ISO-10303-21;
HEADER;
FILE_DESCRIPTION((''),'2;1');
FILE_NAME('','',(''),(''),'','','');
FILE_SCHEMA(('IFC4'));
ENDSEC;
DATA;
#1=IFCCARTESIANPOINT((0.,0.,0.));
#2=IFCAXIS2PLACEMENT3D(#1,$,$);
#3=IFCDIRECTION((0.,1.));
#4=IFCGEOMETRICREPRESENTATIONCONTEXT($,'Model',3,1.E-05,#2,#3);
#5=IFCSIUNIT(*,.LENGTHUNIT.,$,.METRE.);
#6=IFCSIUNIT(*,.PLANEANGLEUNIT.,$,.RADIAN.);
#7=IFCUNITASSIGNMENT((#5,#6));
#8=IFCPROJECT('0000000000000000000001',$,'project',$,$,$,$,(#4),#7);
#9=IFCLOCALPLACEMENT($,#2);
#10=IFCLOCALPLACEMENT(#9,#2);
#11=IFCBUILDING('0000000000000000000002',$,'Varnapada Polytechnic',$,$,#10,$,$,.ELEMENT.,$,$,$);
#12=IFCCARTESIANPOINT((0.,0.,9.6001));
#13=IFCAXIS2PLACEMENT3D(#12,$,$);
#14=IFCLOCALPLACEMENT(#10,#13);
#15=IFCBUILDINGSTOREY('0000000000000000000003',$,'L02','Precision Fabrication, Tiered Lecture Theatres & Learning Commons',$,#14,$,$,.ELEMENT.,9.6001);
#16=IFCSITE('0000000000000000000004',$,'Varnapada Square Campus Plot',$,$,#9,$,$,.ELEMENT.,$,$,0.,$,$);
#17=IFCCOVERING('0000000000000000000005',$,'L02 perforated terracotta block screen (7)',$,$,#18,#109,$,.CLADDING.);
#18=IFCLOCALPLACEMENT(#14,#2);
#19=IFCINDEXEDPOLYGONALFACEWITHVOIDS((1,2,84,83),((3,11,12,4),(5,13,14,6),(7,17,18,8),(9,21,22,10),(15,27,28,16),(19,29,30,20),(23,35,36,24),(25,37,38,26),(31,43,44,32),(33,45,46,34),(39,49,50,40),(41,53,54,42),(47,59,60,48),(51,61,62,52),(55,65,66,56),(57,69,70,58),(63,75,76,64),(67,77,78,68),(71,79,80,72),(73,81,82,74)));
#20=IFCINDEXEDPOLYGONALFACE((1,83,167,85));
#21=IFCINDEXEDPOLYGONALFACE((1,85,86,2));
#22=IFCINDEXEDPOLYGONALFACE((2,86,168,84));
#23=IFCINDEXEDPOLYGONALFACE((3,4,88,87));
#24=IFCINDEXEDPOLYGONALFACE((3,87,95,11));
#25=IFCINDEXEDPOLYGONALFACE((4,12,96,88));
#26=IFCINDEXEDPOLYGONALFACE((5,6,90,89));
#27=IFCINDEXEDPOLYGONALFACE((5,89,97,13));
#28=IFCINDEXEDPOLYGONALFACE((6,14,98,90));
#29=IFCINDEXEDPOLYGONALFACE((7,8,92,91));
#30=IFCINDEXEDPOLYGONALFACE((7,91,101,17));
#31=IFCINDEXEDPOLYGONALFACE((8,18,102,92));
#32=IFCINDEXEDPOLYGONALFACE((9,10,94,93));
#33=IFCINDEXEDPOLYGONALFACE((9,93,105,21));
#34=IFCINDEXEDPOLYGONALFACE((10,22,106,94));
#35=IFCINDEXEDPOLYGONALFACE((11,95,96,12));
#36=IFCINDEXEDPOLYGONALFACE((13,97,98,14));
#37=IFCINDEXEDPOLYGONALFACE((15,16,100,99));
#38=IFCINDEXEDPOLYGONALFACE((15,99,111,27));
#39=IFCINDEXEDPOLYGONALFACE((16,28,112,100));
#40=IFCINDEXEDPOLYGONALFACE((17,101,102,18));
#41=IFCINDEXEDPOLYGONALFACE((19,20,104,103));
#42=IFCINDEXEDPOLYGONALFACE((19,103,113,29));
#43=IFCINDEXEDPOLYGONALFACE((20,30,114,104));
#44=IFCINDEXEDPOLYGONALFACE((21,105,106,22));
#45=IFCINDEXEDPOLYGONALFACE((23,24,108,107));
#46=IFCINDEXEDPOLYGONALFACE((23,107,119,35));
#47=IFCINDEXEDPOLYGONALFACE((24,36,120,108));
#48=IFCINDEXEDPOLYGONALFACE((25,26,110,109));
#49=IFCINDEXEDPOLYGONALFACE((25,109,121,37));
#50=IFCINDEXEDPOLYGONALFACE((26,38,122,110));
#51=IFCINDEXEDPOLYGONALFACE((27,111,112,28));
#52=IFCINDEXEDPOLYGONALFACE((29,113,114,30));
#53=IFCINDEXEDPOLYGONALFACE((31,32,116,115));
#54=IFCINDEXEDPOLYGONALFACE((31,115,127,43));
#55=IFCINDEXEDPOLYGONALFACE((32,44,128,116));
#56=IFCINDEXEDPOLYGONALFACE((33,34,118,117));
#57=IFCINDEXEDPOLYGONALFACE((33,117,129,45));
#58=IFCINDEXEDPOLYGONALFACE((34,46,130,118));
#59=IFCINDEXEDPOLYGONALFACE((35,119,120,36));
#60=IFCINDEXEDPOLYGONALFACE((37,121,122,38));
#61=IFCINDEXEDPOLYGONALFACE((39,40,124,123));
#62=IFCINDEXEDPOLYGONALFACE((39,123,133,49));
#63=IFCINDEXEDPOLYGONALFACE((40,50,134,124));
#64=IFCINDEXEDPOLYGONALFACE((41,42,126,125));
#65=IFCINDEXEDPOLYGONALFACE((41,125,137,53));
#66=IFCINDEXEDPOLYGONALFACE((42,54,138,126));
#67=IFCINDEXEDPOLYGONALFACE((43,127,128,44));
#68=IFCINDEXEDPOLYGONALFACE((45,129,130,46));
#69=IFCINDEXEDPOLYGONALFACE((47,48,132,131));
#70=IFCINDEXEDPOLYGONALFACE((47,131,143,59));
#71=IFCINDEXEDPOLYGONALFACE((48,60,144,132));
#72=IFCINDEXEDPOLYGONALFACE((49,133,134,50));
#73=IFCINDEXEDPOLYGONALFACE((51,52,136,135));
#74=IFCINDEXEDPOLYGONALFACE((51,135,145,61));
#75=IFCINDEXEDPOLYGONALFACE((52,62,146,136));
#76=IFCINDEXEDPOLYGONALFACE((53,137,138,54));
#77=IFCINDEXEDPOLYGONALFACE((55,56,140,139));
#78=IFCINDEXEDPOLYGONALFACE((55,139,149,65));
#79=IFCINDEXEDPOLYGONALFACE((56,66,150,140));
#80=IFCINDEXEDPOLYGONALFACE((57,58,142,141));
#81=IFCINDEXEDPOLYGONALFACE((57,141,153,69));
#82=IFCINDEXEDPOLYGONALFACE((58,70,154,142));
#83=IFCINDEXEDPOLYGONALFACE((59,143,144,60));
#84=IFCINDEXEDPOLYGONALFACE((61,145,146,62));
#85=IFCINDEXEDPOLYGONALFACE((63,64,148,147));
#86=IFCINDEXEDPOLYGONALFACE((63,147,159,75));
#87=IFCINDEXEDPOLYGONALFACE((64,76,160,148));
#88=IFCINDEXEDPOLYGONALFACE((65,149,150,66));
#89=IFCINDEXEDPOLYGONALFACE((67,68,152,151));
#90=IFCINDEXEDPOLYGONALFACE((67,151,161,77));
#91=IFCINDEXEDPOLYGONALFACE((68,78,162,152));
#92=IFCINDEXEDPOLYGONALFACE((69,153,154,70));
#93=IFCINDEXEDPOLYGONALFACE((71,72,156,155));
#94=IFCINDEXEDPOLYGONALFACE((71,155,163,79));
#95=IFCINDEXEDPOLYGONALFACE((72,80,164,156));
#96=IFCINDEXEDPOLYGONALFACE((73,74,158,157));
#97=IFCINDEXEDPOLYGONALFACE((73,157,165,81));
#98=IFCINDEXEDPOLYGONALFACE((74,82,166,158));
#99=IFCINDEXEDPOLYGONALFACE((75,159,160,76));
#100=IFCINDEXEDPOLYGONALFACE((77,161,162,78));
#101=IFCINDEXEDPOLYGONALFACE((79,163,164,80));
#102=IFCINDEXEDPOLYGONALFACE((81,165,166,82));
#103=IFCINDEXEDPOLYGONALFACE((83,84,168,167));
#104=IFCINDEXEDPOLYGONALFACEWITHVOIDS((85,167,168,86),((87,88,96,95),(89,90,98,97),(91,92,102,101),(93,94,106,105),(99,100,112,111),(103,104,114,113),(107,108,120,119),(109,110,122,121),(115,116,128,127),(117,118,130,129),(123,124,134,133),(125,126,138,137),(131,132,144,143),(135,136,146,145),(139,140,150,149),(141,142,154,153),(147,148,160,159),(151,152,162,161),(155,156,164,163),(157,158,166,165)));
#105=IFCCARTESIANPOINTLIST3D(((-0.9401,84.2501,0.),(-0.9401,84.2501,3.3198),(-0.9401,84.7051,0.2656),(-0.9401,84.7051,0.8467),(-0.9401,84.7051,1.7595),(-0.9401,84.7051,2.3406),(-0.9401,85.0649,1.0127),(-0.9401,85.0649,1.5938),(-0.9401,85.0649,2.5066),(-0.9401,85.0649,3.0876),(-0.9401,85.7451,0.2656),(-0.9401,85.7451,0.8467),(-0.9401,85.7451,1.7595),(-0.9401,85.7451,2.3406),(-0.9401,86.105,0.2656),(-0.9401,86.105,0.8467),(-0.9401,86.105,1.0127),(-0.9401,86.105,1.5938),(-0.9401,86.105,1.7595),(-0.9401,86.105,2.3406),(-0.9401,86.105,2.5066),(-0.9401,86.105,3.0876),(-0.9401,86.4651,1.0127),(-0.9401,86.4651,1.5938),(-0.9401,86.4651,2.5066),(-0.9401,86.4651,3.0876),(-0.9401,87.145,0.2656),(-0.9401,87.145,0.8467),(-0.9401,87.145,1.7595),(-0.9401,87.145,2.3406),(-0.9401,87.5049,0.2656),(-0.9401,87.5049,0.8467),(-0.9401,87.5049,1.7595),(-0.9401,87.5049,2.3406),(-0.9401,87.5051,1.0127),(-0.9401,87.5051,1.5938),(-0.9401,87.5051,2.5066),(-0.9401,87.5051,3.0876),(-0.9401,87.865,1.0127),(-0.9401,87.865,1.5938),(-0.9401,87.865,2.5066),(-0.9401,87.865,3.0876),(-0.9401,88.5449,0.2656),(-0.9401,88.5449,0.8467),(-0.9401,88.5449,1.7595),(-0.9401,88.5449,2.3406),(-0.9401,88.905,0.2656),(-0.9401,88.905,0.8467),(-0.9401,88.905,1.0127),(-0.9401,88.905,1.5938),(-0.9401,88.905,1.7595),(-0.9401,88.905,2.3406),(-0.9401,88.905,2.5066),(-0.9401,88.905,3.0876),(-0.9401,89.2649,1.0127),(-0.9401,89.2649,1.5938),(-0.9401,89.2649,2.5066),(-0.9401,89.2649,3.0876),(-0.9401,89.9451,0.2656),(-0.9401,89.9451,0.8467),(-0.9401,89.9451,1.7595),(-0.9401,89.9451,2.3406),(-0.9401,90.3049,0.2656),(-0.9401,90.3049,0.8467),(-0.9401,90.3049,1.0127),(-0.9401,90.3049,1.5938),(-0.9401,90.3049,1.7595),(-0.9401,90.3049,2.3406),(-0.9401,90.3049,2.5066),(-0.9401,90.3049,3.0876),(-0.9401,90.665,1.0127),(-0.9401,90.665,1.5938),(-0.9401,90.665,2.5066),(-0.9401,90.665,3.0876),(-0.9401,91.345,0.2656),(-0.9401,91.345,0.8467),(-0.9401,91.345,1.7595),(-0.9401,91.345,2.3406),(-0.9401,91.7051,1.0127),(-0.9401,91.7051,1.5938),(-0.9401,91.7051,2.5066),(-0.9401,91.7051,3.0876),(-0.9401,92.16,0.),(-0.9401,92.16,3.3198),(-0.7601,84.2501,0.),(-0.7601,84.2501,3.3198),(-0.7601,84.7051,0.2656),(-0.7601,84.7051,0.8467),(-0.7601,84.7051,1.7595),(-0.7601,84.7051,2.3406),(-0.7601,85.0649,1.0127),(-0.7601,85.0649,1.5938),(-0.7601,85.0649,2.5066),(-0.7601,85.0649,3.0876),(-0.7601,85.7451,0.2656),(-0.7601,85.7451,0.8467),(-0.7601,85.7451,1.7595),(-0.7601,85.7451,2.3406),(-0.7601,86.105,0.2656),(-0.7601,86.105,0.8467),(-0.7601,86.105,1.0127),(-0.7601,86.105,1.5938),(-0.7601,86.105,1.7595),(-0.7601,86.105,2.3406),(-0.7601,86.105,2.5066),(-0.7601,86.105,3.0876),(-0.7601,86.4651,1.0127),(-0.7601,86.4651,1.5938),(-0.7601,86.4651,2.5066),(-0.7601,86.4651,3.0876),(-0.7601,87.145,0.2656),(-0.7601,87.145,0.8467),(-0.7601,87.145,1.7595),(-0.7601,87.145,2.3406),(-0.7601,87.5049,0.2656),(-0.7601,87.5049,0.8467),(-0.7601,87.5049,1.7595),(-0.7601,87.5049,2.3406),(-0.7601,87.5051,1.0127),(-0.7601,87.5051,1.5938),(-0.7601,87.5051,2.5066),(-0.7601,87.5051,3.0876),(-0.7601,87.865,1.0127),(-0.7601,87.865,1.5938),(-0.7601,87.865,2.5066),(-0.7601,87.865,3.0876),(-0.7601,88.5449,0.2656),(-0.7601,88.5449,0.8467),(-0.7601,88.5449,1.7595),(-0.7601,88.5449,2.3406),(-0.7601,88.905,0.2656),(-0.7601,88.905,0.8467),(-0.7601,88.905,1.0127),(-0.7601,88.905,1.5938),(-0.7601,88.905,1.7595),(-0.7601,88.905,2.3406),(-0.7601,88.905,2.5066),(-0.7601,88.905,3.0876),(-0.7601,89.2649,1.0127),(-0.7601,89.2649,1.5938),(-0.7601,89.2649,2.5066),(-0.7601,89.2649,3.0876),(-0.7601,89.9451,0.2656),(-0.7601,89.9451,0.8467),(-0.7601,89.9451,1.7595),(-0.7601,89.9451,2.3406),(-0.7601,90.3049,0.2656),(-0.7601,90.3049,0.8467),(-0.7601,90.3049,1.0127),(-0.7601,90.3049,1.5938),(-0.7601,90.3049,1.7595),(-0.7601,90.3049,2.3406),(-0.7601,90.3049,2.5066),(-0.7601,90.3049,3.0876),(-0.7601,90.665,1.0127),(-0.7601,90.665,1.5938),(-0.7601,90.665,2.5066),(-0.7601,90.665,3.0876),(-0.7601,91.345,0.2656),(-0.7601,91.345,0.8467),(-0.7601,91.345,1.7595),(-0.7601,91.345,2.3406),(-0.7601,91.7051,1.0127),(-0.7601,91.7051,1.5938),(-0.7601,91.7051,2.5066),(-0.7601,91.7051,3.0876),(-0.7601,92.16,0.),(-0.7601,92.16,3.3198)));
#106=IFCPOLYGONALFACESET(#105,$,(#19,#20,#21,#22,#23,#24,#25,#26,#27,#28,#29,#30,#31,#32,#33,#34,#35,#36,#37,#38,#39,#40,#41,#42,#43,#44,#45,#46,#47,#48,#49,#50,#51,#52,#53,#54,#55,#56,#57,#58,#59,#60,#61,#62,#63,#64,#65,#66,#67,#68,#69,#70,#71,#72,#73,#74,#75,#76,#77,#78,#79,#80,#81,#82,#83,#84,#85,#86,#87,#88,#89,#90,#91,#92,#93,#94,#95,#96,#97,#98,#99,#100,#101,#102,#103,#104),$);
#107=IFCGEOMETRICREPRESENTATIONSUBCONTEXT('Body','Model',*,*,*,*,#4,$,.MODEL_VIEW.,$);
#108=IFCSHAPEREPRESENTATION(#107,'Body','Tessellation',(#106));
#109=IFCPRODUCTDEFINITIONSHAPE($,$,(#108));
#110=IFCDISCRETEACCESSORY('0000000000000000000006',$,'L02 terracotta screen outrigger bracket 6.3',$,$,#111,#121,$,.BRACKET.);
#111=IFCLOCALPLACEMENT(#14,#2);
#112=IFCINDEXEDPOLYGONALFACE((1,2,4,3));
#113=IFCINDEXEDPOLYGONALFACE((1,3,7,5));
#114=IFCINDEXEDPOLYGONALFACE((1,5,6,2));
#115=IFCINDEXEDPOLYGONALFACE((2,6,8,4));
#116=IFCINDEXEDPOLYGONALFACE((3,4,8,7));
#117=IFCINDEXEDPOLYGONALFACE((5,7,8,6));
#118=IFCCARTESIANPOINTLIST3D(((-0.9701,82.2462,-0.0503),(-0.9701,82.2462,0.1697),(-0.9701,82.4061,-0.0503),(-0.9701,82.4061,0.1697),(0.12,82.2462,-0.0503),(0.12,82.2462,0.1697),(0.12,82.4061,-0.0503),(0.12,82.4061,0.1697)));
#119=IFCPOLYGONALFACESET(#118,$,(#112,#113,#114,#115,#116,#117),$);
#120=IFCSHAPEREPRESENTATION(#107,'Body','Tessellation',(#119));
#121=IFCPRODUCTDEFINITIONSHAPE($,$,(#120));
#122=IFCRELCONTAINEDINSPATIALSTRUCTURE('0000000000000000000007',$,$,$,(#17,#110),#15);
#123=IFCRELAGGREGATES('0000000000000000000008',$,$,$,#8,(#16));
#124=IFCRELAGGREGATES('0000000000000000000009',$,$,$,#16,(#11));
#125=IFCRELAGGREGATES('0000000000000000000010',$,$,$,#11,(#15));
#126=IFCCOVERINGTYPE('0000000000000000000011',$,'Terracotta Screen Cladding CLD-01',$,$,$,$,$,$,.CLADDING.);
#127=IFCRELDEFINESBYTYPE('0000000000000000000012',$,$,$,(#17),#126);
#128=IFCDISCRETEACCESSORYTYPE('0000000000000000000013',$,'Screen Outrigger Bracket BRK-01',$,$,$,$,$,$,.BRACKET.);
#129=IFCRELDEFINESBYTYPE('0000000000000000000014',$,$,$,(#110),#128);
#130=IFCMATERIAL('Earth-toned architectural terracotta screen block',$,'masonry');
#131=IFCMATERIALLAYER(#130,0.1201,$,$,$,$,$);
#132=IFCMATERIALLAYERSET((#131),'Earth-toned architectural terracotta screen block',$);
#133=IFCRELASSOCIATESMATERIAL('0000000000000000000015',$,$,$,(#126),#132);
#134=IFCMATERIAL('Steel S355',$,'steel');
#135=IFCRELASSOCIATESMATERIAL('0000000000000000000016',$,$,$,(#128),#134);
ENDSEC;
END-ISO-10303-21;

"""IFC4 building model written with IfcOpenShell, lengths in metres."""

from ifc_helpers import new_model, si_unit, direction, frame, frame_2d, origin, origin_2d, place, context, subcontext, project, spatial, rectangle, extrude, material, layer, layer_set, type_object, element, save


model = new_model("IFC4")

# Units and contexts
model_context = context("Model", 3, precision=1e-05, world=origin(), true_north=direction((0.0, 1.0)))
body_context = subcontext(model_context, "Body", "Model", "MODEL_VIEW")
ifc_project = project(units=[si_unit("LENGTHUNIT", "METRE"), si_unit("PLANEANGLEUNIT", "RADIAN")], contexts=[model_context])

# Site, building, storey
site_placement = place(None, origin())
site = spatial("IfcSite", under=ifc_project, at=site_placement, Name="Varnapada Square Campus Plot", CompositionType="ELEMENT", RefElevation=0.0)
building_placement = place(site_placement, origin())
building = spatial("IfcBuilding", under=site, at=building_placement, Name="Varnapada Polytechnic", CompositionType="ELEMENT")
storey_placement = place(building_placement, frame((0.0, 0.0, 9.6001)))
storey = spatial("IfcBuildingStorey", under=building, at=storey_placement, Name="L02", Description="Precision Fabrication, Tiered Lecture Theatres & Learning Commons", CompositionType="ELEMENT", Elevation=9.6001)

# Covering, openings
ifc_material_1 = material(Name="Earth-toned architectural terracotta screen block", Category="masonry")
ifc_layer = layer(ifc_material_1, 0.1201)
ifc_layer_set = layer_set([ifc_layer], Name="Earth-toned architectural terracotta screen block")
covering_type = type_object("IfcCoveringType", Name="Terracotta Screen Cladding CLD-01", PredefinedType="CLADDING", material=ifc_layer_set)
covering_placement = place(storey_placement, frame((-0.8501, 84.25, 0.0), z_axis=(0.0, 0.0, 1.0), x_axis=(0.0, 1.0, 0.0)))
covering = element("IfcCovering", 1, at=covering_placement, inside=storey, type_object=covering_type, Name="L02 perforated terracotta block screen (7)", PredefinedType="CLADDING", context=body_context, shape_type="SweptSolid", body=[
    extrude(rectangle(XDim=7.9099, YDim=0.1799, at=frame_2d((3.9551, 0.0))), origin(), (0.0, 0.0, 1.0), 3.3198),
])
opening_1_placement = place(covering_placement, frame((0.4551, 0.0, 0.2656)))
element("IfcOpeningElement", 2, at=opening_1_placement, cuts=covering, PredefinedType="OPENING", context=body_context, shape_type="SweptSolid", body=[
    extrude(rectangle(XDim=1.04, YDim=0.5811, at=frame_2d((0.52, 0.2905))), frame((0.0, 0.0999, 0.0), z_axis=(0.0, -1.0, 0.0), x_axis=(1.0, 0.0, 0.0)), (0.0, 0.0, 1.0), 0.2),
])
opening_2_placement = place(covering_placement, frame((1.855, 0.0, 0.2656)))
element("IfcOpeningElement", 3, at=opening_2_placement, cuts=covering, PredefinedType="OPENING", context=body_context, shape_type="SweptSolid", body=[
    extrude(rectangle(XDim=1.04, YDim=0.5811, at=frame_2d((0.52, 0.2905))), frame((0.0, 0.0999, 0.0), z_axis=(0.0, -1.0, 0.0), x_axis=(1.0, 0.0, 0.0)), (0.0, 0.0, 1.0), 0.2),
])
opening_3_placement = place(covering_placement, frame((3.2549, 0.0, 0.2656)))
element("IfcOpeningElement", 4, at=opening_3_placement, cuts=covering, PredefinedType="OPENING", context=body_context, shape_type="SweptSolid", body=[
    extrude(rectangle(XDim=1.04, YDim=0.5811, at=frame_2d((0.52, 0.2905))), frame((0.0, 0.0999, 0.0), z_axis=(0.0, -1.0, 0.0), x_axis=(1.0, 0.0, 0.0)), (0.0, 0.0, 1.0), 0.2),
])
opening_4_placement = place(covering_placement, frame((4.655, 0.0, 0.2656)))
element("IfcOpeningElement", 5, at=opening_4_placement, cuts=covering, PredefinedType="OPENING", context=body_context, shape_type="SweptSolid", body=[
    extrude(rectangle(XDim=1.04, YDim=0.5811, at=frame_2d((0.52, 0.2905))), frame((0.0, 0.0999, 0.0), z_axis=(0.0, -1.0, 0.0), x_axis=(1.0, 0.0, 0.0)), (0.0, 0.0, 1.0), 0.2),
])
opening_5_placement = place(covering_placement, frame((6.0549, 0.0, 0.2656)))
element("IfcOpeningElement", 6, at=opening_5_placement, cuts=covering, PredefinedType="OPENING", context=body_context, shape_type="SweptSolid", body=[
    extrude(rectangle(XDim=1.04, YDim=0.5811, at=frame_2d((0.52, 0.2905))), frame((0.0, 0.0999, 0.0), z_axis=(0.0, -1.0, 0.0), x_axis=(1.0, 0.0, 0.0)), (0.0, 0.0, 1.0), 0.2),
])
opening_6_placement = place(covering_placement, frame((0.8149, 0.0, 1.0127)))
element("IfcOpeningElement", 7, at=opening_6_placement, cuts=covering, PredefinedType="OPENING", context=body_context, shape_type="SweptSolid", body=[
    extrude(rectangle(XDim=1.04, YDim=0.5811, at=frame_2d((0.52, 0.2905))), frame((0.0, 0.0999, 0.0), z_axis=(0.0, -1.0, 0.0), x_axis=(1.0, 0.0, 0.0)), (0.0, 0.0, 1.0), 0.2),
])
opening_7_placement = place(covering_placement, frame((2.2151, 0.0, 1.0127)))
element("IfcOpeningElement", 8, at=opening_7_placement, cuts=covering, PredefinedType="OPENING", context=body_context, shape_type="SweptSolid", body=[
    extrude(rectangle(XDim=1.04, YDim=0.5811, at=frame_2d((0.52, 0.2905))), frame((0.0, 0.0999, 0.0), z_axis=(0.0, -1.0, 0.0), x_axis=(1.0, 0.0, 0.0)), (0.0, 0.0, 1.0), 0.2),
])
opening_8_placement = place(covering_placement, frame((3.615, 0.0, 1.0127)))
element("IfcOpeningElement", 9, at=opening_8_placement, cuts=covering, PredefinedType="OPENING", context=body_context, shape_type="SweptSolid", body=[
    extrude(rectangle(XDim=1.04, YDim=0.5811, at=frame_2d((0.52, 0.2905))), frame((0.0, 0.0999, 0.0), z_axis=(0.0, -1.0, 0.0), x_axis=(1.0, 0.0, 0.0)), (0.0, 0.0, 1.0), 0.2),
])
opening_9_placement = place(covering_placement, frame((5.0149, 0.0, 1.0127)))
element("IfcOpeningElement", 10, at=opening_9_placement, cuts=covering, PredefinedType="OPENING", context=body_context, shape_type="SweptSolid", body=[
    extrude(rectangle(XDim=1.04, YDim=0.5811, at=frame_2d((0.52, 0.2905))), frame((0.0, 0.0999, 0.0), z_axis=(0.0, -1.0, 0.0), x_axis=(1.0, 0.0, 0.0)), (0.0, 0.0, 1.0), 0.2),
])
opening_10_placement = place(covering_placement, frame((6.415, 0.0, 1.0127)))
element("IfcOpeningElement", 11, at=opening_10_placement, cuts=covering, PredefinedType="OPENING", context=body_context, shape_type="SweptSolid", body=[
    extrude(rectangle(XDim=1.04, YDim=0.5811, at=frame_2d((0.52, 0.2905))), frame((0.0, 0.0999, 0.0), z_axis=(0.0, -1.0, 0.0), x_axis=(1.0, 0.0, 0.0)), (0.0, 0.0, 1.0), 0.2),
])
opening_11_placement = place(covering_placement, frame((0.4551, 0.0, 1.7595)))
element("IfcOpeningElement", 12, at=opening_11_placement, cuts=covering, PredefinedType="OPENING", context=body_context, shape_type="SweptSolid", body=[
    extrude(rectangle(XDim=1.04, YDim=0.5811, at=frame_2d((0.52, 0.2905))), frame((0.0, 0.0999, 0.0), z_axis=(0.0, -1.0, 0.0), x_axis=(1.0, 0.0, 0.0)), (0.0, 0.0, 1.0), 0.2),
])
opening_12_placement = place(covering_placement, frame((1.855, 0.0, 1.7595)))
element("IfcOpeningElement", 13, at=opening_12_placement, cuts=covering, PredefinedType="OPENING", context=body_context, shape_type="SweptSolid", body=[
    extrude(rectangle(XDim=1.04, YDim=0.5811, at=frame_2d((0.52, 0.2905))), frame((0.0, 0.0999, 0.0), z_axis=(0.0, -1.0, 0.0), x_axis=(1.0, 0.0, 0.0)), (0.0, 0.0, 1.0), 0.2),
])
opening_13_placement = place(covering_placement, frame((3.2549, 0.0, 1.7595)))
element("IfcOpeningElement", 14, at=opening_13_placement, cuts=covering, PredefinedType="OPENING", context=body_context, shape_type="SweptSolid", body=[
    extrude(rectangle(XDim=1.04, YDim=0.5811, at=frame_2d((0.52, 0.2905))), frame((0.0, 0.0999, 0.0), z_axis=(0.0, -1.0, 0.0), x_axis=(1.0, 0.0, 0.0)), (0.0, 0.0, 1.0), 0.2),
])
opening_14_placement = place(covering_placement, frame((4.655, 0.0, 1.7595)))
element("IfcOpeningElement", 15, at=opening_14_placement, cuts=covering, PredefinedType="OPENING", context=body_context, shape_type="SweptSolid", body=[
    extrude(rectangle(XDim=1.04, YDim=0.5811, at=frame_2d((0.52, 0.2905))), frame((0.0, 0.0999, 0.0), z_axis=(0.0, -1.0, 0.0), x_axis=(1.0, 0.0, 0.0)), (0.0, 0.0, 1.0), 0.2),
])
opening_15_placement = place(covering_placement, frame((6.0549, 0.0, 1.7595)))
element("IfcOpeningElement", 16, at=opening_15_placement, cuts=covering, PredefinedType="OPENING", context=body_context, shape_type="SweptSolid", body=[
    extrude(rectangle(XDim=1.04, YDim=0.5811, at=frame_2d((0.52, 0.2905))), frame((0.0, 0.0999, 0.0), z_axis=(0.0, -1.0, 0.0), x_axis=(1.0, 0.0, 0.0)), (0.0, 0.0, 1.0), 0.2),
])
opening_16_placement = place(covering_placement, frame((0.8149, 0.0, 2.5066)))
element("IfcOpeningElement", 17, at=opening_16_placement, cuts=covering, PredefinedType="OPENING", context=body_context, shape_type="SweptSolid", body=[
    extrude(rectangle(XDim=1.04, YDim=0.5811, at=frame_2d((0.52, 0.2905))), frame((0.0, 0.0999, 0.0), z_axis=(0.0, -1.0, 0.0), x_axis=(1.0, 0.0, 0.0)), (0.0, 0.0, 1.0), 0.2),
])
opening_17_placement = place(covering_placement, frame((2.2151, 0.0, 2.5066)))
element("IfcOpeningElement", 18, at=opening_17_placement, cuts=covering, PredefinedType="OPENING", context=body_context, shape_type="SweptSolid", body=[
    extrude(rectangle(XDim=1.04, YDim=0.5811, at=frame_2d((0.52, 0.2905))), frame((0.0, 0.0999, 0.0), z_axis=(0.0, -1.0, 0.0), x_axis=(1.0, 0.0, 0.0)), (0.0, 0.0, 1.0), 0.2),
])
opening_18_placement = place(covering_placement, frame((3.615, 0.0, 2.5066)))
element("IfcOpeningElement", 19, at=opening_18_placement, cuts=covering, PredefinedType="OPENING", context=body_context, shape_type="SweptSolid", body=[
    extrude(rectangle(XDim=1.04, YDim=0.5811, at=frame_2d((0.52, 0.2905))), frame((0.0, 0.0999, 0.0), z_axis=(0.0, -1.0, 0.0), x_axis=(1.0, 0.0, 0.0)), (0.0, 0.0, 1.0), 0.2),
])
opening_19_placement = place(covering_placement, frame((5.0149, 0.0, 2.5066)))
element("IfcOpeningElement", 20, at=opening_19_placement, cuts=covering, PredefinedType="OPENING", context=body_context, shape_type="SweptSolid", body=[
    extrude(rectangle(XDim=1.04, YDim=0.5811, at=frame_2d((0.52, 0.2905))), frame((0.0, 0.0999, 0.0), z_axis=(0.0, -1.0, 0.0), x_axis=(1.0, 0.0, 0.0)), (0.0, 0.0, 1.0), 0.2),
])
opening_20_placement = place(covering_placement, frame((6.415, 0.0, 2.5066)))
element("IfcOpeningElement", 21, at=opening_20_placement, cuts=covering, PredefinedType="OPENING", context=body_context, shape_type="SweptSolid", body=[
    extrude(rectangle(XDim=1.04, YDim=0.5811, at=frame_2d((0.52, 0.2905))), frame((0.0, 0.0999, 0.0), z_axis=(0.0, -1.0, 0.0), x_axis=(1.0, 0.0, 0.0)), (0.0, 0.0, 1.0), 0.2),
])

# Discrete accessory
ifc_material_2 = material(Name="Steel S355", Category="steel")
discrete_accessory_type = type_object("IfcDiscreteAccessoryType", Name="Screen Outrigger Bracket BRK-01", PredefinedType="BRACKET", material=ifc_material_2)
discrete_accessory_placement = place(storey_placement, frame((-0.425, 82.3262, -0.0503), z_axis=(0.0, 0.0, 1.0), x_axis=(0.0, 1.0, 0.0)))
element("IfcDiscreteAccessory", 22, at=discrete_accessory_placement, inside=storey, type_object=discrete_accessory_type, Name="L02 terracotta screen outrigger bracket 6.3", PredefinedType="BRACKET", context=body_context, shape_type="SweptSolid", body=[
    extrude(rectangle(XDim=0.1599, YDim=1.0901, at=origin_2d()), origin(), (0.0, 0.0, 1.0), 0.22),
])

save(model, "model.ifc")
